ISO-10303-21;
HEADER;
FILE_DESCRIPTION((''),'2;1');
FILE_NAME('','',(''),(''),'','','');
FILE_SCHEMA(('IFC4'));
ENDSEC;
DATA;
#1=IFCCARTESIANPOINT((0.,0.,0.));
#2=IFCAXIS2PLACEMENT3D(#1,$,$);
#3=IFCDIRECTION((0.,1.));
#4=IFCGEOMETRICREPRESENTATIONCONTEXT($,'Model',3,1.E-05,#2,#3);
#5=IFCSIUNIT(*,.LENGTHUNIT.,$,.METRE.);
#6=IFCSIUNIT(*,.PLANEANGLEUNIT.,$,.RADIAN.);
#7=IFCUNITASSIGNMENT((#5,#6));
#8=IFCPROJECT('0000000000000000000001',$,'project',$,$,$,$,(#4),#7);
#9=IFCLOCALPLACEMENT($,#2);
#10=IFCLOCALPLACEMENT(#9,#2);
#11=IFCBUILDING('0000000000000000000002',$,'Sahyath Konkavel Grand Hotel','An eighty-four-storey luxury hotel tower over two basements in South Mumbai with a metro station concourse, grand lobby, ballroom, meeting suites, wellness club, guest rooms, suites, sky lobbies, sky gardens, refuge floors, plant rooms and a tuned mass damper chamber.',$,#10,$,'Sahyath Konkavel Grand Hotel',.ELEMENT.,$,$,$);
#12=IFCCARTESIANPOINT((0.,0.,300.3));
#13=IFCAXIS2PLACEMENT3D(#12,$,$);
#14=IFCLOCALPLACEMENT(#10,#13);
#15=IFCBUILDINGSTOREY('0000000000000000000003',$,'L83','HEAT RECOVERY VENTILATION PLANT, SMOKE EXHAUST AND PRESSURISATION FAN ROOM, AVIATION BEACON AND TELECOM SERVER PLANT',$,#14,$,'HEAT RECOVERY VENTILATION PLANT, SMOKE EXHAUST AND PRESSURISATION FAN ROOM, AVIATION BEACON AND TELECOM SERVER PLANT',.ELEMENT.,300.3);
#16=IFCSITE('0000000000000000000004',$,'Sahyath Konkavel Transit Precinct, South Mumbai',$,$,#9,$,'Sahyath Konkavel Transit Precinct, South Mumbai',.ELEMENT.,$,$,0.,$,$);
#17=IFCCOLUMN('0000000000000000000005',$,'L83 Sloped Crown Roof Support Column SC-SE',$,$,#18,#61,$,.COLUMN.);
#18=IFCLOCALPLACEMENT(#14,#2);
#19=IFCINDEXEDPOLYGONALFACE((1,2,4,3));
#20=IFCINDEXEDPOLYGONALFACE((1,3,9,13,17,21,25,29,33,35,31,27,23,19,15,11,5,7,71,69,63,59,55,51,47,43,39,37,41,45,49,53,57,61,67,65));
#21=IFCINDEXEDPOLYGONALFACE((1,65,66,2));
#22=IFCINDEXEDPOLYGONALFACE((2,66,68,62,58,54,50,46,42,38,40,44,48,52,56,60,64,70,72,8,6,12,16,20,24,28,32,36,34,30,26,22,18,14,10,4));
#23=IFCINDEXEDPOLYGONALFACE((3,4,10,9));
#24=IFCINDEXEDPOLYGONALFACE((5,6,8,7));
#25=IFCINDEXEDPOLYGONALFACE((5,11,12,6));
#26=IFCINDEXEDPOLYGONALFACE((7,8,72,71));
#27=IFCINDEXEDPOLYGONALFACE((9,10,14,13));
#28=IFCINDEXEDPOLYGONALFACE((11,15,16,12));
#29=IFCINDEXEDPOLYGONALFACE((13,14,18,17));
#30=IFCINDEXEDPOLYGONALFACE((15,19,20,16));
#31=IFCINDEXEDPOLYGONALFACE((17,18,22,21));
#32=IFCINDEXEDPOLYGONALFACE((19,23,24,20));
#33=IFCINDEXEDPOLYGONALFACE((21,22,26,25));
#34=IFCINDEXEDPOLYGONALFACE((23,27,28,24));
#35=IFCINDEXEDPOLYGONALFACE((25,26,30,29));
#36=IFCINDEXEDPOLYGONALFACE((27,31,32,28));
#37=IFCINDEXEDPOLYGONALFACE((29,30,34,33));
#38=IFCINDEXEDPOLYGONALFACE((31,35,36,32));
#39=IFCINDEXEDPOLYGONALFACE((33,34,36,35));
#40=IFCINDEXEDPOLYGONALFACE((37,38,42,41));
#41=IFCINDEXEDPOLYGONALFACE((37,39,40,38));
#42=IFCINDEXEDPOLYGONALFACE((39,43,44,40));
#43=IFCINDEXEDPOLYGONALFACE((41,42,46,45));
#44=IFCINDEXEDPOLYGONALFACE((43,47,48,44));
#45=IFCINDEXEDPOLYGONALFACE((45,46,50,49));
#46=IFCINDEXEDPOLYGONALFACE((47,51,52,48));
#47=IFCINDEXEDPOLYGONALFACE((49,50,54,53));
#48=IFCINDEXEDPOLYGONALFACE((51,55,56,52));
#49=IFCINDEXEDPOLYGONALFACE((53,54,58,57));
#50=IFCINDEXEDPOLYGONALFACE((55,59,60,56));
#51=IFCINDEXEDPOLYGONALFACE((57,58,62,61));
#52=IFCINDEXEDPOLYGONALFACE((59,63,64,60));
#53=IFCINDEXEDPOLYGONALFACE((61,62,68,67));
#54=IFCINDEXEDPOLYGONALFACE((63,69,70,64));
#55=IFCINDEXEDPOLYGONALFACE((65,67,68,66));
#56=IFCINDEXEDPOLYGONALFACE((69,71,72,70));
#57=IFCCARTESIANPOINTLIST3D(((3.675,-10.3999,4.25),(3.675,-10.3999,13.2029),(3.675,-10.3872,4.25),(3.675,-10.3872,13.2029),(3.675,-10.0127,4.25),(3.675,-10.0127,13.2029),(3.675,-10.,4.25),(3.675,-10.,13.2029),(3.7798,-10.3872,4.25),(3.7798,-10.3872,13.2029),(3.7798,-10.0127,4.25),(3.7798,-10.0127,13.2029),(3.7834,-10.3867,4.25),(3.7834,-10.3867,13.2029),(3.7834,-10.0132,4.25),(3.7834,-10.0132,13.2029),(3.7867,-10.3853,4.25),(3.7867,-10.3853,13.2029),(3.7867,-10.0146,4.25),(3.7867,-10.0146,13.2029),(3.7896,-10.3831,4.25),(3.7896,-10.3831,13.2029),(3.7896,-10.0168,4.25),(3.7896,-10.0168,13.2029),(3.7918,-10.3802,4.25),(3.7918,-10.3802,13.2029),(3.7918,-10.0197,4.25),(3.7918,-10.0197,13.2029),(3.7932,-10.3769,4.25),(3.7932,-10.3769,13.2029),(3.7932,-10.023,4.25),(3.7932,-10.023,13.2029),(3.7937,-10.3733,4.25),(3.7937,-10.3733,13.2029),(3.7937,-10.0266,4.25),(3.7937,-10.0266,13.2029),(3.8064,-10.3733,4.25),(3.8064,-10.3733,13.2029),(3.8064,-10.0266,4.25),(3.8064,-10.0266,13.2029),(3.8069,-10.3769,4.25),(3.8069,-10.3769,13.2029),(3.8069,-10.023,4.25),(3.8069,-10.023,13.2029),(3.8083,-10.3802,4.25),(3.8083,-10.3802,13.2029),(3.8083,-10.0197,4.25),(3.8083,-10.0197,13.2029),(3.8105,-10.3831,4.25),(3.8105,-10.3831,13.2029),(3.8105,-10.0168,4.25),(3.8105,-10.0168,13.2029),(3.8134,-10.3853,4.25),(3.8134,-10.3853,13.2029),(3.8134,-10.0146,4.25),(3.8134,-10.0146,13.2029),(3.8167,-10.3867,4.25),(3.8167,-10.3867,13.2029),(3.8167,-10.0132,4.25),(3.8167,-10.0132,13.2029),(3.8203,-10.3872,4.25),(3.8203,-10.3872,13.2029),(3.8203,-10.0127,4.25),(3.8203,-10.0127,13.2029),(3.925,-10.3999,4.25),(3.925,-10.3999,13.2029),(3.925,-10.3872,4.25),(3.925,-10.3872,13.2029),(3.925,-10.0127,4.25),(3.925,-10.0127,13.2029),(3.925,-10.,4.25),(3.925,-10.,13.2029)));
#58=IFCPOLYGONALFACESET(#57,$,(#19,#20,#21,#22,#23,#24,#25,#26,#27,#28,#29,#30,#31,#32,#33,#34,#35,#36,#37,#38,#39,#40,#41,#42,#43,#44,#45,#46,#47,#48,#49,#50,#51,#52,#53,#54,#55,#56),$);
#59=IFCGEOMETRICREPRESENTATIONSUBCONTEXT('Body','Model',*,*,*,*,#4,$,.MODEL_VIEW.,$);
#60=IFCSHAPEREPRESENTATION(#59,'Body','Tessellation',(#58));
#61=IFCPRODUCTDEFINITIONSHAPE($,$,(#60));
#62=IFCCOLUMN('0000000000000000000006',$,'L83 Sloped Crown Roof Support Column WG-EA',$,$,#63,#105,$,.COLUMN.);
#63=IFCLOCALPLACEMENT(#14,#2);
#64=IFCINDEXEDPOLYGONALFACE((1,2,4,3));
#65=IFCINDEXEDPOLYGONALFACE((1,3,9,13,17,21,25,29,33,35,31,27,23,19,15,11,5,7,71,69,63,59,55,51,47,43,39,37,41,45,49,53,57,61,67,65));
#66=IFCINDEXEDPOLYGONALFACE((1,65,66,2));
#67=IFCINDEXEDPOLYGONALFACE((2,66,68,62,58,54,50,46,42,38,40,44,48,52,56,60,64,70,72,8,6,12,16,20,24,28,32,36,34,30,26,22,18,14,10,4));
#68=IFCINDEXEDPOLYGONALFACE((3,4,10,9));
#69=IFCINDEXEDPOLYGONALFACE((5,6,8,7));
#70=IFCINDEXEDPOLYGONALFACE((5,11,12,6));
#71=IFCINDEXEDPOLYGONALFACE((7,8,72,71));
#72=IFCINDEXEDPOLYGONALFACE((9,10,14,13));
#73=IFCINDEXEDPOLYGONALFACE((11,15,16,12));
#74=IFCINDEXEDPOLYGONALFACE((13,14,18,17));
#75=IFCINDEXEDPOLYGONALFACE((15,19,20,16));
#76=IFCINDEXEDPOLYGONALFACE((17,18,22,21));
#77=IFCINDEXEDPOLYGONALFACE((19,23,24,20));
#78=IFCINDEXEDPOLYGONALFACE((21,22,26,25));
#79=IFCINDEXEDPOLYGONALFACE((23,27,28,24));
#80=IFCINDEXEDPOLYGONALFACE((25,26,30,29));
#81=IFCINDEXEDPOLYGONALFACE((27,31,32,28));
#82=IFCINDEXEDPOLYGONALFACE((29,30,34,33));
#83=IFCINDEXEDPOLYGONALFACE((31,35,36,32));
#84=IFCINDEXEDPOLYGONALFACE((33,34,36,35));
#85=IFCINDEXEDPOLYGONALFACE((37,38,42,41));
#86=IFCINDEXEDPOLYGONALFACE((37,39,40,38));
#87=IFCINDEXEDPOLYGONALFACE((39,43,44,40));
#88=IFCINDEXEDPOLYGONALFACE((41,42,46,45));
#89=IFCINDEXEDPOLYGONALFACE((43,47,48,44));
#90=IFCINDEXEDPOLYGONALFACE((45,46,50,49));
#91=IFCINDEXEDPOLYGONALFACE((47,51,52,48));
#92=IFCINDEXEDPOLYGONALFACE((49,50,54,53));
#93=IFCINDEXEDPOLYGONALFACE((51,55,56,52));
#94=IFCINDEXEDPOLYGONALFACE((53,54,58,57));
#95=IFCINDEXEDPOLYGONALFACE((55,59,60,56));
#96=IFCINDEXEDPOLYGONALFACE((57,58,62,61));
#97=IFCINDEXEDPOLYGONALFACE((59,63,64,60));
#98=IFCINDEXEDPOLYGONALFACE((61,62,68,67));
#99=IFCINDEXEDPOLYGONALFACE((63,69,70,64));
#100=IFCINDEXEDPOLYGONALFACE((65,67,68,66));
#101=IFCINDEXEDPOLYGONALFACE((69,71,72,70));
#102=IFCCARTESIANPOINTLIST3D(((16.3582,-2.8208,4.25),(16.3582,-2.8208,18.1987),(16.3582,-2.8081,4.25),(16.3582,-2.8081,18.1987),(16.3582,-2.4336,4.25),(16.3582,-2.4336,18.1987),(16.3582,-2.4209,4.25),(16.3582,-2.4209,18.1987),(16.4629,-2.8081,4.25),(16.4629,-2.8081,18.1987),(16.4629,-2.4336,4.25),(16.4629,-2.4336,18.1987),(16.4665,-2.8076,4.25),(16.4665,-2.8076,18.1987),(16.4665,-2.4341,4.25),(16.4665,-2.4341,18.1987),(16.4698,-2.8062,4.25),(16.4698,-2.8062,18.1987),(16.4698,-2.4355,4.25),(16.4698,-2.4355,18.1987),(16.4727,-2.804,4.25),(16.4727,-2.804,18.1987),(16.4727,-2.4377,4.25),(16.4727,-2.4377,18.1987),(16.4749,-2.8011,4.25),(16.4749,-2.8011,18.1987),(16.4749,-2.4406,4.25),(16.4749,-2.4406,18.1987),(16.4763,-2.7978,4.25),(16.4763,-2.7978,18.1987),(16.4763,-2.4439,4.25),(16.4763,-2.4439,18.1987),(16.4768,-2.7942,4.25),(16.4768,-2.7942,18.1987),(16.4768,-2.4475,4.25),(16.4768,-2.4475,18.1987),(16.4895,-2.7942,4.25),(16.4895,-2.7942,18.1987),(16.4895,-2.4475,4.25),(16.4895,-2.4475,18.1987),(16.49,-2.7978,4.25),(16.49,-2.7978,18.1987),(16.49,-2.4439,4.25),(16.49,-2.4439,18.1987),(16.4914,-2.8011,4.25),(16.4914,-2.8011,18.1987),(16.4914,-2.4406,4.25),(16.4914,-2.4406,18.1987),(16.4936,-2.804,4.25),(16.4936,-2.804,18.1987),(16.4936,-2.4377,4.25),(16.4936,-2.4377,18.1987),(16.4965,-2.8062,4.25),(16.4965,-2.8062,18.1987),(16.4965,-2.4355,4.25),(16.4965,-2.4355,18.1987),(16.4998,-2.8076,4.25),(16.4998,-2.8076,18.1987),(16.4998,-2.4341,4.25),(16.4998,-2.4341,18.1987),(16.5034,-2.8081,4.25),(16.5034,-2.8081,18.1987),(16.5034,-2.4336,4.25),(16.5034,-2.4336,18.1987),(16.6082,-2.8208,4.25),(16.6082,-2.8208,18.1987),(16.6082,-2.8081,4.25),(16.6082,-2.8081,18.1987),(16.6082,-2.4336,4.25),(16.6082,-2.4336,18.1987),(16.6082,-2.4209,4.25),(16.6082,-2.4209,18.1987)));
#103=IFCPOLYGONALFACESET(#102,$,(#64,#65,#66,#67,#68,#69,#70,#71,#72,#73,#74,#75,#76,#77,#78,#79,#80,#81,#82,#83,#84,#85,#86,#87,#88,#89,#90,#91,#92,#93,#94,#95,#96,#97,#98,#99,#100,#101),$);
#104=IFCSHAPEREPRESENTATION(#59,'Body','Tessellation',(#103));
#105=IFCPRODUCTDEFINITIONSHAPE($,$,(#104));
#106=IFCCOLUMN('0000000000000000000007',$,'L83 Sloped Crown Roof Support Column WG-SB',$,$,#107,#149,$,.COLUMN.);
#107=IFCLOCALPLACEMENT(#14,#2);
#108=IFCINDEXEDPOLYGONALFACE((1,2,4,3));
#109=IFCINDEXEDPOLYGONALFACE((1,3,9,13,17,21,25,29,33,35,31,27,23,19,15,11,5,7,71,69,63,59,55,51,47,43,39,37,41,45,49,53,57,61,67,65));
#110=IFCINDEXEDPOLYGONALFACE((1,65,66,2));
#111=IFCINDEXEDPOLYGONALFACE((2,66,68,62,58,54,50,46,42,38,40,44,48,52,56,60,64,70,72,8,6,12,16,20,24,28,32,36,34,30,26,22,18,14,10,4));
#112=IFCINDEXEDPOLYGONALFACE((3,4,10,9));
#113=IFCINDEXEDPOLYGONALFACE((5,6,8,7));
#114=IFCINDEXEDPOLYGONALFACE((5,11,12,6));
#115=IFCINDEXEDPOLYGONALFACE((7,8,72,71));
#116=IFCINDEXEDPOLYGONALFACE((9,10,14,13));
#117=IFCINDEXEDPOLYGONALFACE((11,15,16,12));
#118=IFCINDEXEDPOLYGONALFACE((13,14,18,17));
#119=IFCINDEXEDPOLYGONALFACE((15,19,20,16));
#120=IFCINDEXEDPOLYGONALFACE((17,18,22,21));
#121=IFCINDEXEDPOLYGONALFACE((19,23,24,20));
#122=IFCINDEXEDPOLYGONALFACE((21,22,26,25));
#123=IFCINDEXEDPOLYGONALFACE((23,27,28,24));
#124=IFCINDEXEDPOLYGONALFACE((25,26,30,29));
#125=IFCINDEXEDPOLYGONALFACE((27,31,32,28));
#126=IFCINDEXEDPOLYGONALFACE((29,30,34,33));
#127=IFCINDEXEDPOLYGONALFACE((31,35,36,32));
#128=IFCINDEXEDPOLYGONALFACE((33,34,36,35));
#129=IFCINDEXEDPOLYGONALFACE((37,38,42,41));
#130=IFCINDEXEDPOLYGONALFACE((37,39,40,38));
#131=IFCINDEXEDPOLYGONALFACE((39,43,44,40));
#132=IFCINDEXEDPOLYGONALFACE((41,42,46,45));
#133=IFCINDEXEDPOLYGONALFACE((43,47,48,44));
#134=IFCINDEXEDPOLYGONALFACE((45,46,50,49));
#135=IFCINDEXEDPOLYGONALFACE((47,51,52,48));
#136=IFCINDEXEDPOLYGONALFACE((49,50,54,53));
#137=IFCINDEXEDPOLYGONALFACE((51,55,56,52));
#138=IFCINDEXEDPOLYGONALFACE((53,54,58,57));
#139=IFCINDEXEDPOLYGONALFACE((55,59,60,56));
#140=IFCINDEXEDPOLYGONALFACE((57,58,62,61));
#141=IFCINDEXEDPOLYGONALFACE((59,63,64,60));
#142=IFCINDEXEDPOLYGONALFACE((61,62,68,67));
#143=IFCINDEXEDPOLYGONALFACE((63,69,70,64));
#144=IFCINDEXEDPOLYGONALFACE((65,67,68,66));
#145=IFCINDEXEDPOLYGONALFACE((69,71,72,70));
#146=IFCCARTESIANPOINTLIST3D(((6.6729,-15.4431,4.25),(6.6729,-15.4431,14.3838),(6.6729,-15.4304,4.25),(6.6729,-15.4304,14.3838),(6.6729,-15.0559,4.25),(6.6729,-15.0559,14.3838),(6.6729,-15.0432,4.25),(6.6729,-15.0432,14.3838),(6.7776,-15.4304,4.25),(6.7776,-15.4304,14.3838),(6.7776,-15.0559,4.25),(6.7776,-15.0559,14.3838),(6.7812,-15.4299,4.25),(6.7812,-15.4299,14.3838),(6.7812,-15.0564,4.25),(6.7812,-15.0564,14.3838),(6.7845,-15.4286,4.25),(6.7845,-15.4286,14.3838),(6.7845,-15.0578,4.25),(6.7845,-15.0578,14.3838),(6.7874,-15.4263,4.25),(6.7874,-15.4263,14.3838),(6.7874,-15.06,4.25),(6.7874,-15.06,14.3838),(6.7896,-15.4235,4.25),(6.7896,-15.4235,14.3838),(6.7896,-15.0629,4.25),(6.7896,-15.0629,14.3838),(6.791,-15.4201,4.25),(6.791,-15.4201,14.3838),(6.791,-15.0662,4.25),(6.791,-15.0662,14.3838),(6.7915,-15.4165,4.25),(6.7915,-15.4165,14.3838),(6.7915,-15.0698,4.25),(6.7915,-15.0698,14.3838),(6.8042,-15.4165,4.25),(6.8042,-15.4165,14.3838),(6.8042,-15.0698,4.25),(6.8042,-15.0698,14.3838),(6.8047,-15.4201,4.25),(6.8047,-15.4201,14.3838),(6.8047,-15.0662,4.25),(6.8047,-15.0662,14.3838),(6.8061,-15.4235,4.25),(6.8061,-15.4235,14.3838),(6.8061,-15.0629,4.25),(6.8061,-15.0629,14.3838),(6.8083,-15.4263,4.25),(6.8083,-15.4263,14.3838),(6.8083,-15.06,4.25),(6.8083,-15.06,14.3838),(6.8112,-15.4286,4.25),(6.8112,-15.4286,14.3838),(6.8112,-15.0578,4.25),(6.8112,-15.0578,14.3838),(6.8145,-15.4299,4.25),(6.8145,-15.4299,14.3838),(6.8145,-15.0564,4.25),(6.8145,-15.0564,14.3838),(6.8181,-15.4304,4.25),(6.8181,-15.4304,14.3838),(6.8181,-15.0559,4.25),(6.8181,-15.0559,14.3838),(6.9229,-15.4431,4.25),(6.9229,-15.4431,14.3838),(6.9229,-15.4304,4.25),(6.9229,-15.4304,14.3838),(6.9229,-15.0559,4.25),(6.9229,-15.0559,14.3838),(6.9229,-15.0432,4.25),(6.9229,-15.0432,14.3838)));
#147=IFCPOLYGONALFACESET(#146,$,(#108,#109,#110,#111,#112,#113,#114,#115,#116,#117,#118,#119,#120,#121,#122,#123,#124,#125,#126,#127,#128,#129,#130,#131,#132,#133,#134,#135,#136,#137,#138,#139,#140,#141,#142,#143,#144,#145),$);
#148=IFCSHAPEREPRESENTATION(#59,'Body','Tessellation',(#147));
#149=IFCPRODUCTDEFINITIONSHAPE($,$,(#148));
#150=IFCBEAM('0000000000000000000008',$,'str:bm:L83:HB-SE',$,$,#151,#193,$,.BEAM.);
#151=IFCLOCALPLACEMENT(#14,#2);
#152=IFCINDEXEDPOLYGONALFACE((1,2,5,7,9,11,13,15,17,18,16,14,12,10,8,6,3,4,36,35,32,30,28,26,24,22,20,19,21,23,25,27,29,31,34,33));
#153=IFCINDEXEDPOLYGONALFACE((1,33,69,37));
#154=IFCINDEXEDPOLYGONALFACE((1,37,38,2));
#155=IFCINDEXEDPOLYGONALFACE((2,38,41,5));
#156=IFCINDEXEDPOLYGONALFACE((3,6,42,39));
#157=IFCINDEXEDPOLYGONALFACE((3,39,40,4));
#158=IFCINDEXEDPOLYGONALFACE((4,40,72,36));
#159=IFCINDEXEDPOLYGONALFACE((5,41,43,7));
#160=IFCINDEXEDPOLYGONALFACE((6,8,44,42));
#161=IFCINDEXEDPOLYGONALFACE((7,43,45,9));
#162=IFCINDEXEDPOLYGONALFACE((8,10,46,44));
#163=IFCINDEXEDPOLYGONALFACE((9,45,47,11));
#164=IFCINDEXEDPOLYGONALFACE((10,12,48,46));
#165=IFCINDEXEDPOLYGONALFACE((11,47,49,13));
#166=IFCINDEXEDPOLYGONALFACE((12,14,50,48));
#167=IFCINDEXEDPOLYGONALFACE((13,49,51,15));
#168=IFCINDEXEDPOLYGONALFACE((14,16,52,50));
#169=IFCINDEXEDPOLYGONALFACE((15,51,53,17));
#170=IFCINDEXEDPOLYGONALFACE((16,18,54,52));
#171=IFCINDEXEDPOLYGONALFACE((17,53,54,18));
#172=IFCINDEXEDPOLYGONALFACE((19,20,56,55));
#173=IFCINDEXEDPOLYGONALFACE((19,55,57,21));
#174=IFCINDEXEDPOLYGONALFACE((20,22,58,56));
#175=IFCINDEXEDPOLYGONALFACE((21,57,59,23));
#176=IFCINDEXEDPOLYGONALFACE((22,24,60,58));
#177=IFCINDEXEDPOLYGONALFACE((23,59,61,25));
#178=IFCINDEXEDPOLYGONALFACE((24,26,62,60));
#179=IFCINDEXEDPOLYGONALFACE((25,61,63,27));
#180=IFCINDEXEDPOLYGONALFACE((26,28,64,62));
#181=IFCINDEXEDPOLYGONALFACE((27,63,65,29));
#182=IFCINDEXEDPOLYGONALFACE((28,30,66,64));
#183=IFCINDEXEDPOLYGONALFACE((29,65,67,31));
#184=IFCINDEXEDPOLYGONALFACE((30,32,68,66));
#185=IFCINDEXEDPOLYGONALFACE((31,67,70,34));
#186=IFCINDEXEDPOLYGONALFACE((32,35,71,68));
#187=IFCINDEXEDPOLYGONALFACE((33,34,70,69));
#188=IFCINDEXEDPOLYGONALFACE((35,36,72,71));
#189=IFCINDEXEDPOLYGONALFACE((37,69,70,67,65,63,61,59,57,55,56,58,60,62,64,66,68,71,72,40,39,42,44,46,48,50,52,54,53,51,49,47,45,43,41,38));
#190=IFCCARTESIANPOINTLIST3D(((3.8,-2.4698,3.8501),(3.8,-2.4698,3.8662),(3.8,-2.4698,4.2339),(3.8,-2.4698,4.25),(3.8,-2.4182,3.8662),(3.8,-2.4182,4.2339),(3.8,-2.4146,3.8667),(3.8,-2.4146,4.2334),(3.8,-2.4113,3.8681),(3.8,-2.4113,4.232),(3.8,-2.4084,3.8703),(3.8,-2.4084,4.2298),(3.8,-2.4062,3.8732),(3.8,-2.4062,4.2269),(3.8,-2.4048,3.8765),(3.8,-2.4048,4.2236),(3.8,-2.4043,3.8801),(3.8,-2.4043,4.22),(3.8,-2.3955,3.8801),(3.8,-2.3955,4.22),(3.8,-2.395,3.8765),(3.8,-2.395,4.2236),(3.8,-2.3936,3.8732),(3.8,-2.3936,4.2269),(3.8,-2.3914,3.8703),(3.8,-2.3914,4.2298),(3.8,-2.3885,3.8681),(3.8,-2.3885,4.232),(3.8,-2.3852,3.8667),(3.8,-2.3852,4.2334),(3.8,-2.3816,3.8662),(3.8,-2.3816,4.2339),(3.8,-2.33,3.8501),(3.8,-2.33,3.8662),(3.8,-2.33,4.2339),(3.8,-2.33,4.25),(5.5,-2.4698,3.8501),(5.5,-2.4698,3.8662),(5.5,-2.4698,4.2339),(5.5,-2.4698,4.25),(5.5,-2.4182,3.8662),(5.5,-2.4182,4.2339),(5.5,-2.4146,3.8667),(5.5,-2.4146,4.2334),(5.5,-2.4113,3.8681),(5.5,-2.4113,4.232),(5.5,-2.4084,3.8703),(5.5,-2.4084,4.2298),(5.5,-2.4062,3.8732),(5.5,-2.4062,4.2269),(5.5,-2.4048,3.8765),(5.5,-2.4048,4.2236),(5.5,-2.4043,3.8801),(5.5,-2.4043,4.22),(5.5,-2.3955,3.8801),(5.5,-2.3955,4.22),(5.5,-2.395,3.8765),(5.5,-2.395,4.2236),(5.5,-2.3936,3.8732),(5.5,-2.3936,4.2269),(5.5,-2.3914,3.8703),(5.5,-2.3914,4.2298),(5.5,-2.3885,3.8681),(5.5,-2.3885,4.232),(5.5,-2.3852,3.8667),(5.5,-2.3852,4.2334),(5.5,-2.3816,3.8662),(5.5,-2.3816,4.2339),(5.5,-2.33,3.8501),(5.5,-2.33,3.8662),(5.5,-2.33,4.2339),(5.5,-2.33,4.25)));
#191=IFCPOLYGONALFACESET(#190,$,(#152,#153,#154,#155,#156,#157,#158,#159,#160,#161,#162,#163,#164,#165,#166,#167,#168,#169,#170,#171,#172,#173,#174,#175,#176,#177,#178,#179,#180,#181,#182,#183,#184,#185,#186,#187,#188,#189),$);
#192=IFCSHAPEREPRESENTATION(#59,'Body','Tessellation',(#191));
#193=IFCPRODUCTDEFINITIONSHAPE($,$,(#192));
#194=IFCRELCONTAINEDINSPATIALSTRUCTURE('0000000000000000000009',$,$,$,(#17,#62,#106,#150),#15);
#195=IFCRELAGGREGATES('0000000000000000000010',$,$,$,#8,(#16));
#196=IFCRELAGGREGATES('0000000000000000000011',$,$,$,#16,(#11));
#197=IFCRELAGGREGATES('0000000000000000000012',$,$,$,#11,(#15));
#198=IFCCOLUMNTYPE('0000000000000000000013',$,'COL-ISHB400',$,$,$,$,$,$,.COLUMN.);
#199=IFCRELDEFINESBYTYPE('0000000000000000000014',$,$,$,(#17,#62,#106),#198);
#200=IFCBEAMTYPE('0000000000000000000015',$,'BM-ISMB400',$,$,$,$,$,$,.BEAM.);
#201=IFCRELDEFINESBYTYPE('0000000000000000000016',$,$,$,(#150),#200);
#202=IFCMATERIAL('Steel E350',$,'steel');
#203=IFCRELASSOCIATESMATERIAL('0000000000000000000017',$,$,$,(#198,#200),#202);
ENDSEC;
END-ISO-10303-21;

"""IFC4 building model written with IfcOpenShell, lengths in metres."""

from ifc_helpers import new_model, si_unit, direction, frame, origin, origin_2d, place, context, subcontext, project, spatial, i_section, extrude, source, transform, mapped, material, material_profile, profile_set, type_object, element, save


model = new_model("IFC4")

# Units and contexts
model_context = context("Model", 3, precision=1e-05, world=origin(), true_north=direction((0.0, 1.0)))
body_context = subcontext(model_context, "Body", "Model", "MODEL_VIEW")
ifc_project = project(units=[si_unit("LENGTHUNIT", "METRE"), si_unit("PLANEANGLEUNIT", "RADIAN")], contexts=[model_context])

# Site, building, storey
site_placement = place(None, origin())
site = spatial("IfcSite", under=ifc_project, at=site_placement, Name="Sahyath Konkavel Transit Precinct, South Mumbai", LongName="Sahyath Konkavel Transit Precinct, South Mumbai", CompositionType="ELEMENT", RefElevation=0.0)
building_placement = place(site_placement, origin())
building = spatial("IfcBuilding", under=site, at=building_placement, Name="Sahyath Konkavel Grand Hotel", Description="An eighty-four-storey luxury hotel tower over two basements in South Mumbai with a metro station concourse, grand lobby, ballroom, meeting suites, wellness club, guest rooms, suites, sky lobbies, sky gardens, refuge floors, plant rooms and a tuned mass damper chamber.", LongName="Sahyath Konkavel Grand Hotel", CompositionType="ELEMENT")
storey_placement = place(building_placement, frame((0.0, 0.0, 300.3)))
storey = spatial("IfcBuildingStorey", under=building, at=storey_placement, Name="L83", Description="HEAT RECOVERY VENTILATION PLANT, SMOKE EXHAUST AND PRESSURISATION FAN ROOM, AVIATION BEACON AND TELECOM SERVER PLANT", LongName="HEAT RECOVERY VENTILATION PLANT, SMOKE EXHAUST AND PRESSURISATION FAN ROOM, AVIATION BEACON AND TELECOM SERVER PLANT", CompositionType="ELEMENT", Elevation=300.3)

# Columns
ifc_material_1 = material(Name="Steel E350", Category="steel")
ifc_material_profile_1 = material_profile(ifc_material_1, i_section(OverallWidth=0.25, OverallDepth=0.3999, WebThickness=0.0127, FlangeThickness=0.0127, FilletRadius=0.0139, at=origin_2d()), Name="ISHB 400")
ifc_profile_set_1 = profile_set([ifc_material_profile_1], Name="Steel E350")
column_type = type_object("IfcColumnType", Name="COL-ISHB400", PredefinedType="COLUMN", material=ifc_profile_set_1)
shared_shape_1 = source(origin(), body_context, "Body", "SweptSolid", [
    extrude(i_section(OverallWidth=0.25, OverallDepth=0.3999, WebThickness=0.0127, FlangeThickness=0.0127, FilletRadius=0.0139, at=origin_2d()), origin(), (0.0, 0.0, 1.0), 8.9529),
])
column_1_placement = place(storey_placement, frame((3.8, -10.2, 4.25), z_axis=(0.0, 0.0, 1.0), x_axis=(1.0, 0.0, 0.0)))
element("IfcColumn", 1, at=column_1_placement, inside=storey, type_object=column_type, Name="L83 Sloped Crown Roof Support Column SC-SE", PredefinedType="COLUMN", context=body_context, shape_type="MappedRepresentation", body=[
    mapped(shared_shape_1, transform((0.0, 0.0, 0.0), scale=1.0)),
])
shared_shape_2 = source(origin(), body_context, "Body", "SweptSolid", [
    extrude(i_section(OverallWidth=0.25, OverallDepth=0.3999, WebThickness=0.0127, FlangeThickness=0.0127, FilletRadius=0.0139, at=origin_2d()), origin(), (0.0, 0.0, 1.0), 13.9487),
])
column_2_placement = place(storey_placement, frame((16.4832, -2.6208, 4.25), z_axis=(0.0, 0.0, 1.0), x_axis=(1.0, 0.0, 0.0)))
element("IfcColumn", 2, at=column_2_placement, inside=storey, type_object=column_type, Name="L83 Sloped Crown Roof Support Column WG-EA", PredefinedType="COLUMN", context=body_context, shape_type="MappedRepresentation", body=[
    mapped(shared_shape_2, transform((0.0, 0.0, 0.0), scale=1.0)),
])
shared_shape_3 = source(origin(), body_context, "Body", "SweptSolid", [
    extrude(i_section(OverallWidth=0.25, OverallDepth=0.3999, WebThickness=0.0127, FlangeThickness=0.0127, FilletRadius=0.0139, at=origin_2d()), origin(), (0.0, 0.0, 1.0), 10.1338),
])
column_3_placement = place(storey_placement, frame((6.7979, -15.2432, 4.25), z_axis=(0.0, 0.0, 1.0), x_axis=(1.0, 0.0, 0.0)))
element("IfcColumn", 3, at=column_3_placement, inside=storey, type_object=column_type, Name="L83 Sloped Crown Roof Support Column WG-SB", PredefinedType="COLUMN", context=body_context, shape_type="MappedRepresentation", body=[
    mapped(shared_shape_3, transform((0.0, 0.0, 0.0), scale=1.0)),
])

# Beam
ifc_material_profile_2 = material_profile(ifc_material_1, i_section(OverallWidth=0.1399, OverallDepth=0.3999, WebThickness=0.0088, FlangeThickness=0.0161, FilletRadius=0.0139, at=origin_2d()), Name="ISMB 400")
ifc_profile_set_2 = profile_set([ifc_material_profile_2], Name="Steel E350")
beam_type_1 = type_object("IfcBeamType", Name="BM-ISMB400", PredefinedType="BEAM", material=ifc_profile_set_2)
shared_shape_4 = source(origin(), body_context, "Body", "SweptSolid", [
    extrude(i_section(OverallWidth=0.1399, OverallDepth=0.3999, WebThickness=0.0088, FlangeThickness=0.0161, FilletRadius=0.0139, at=origin_2d()), origin(), (0.0, 0.0, 1.0), 1.7),
])
beam_1_placement = place(storey_placement, frame((3.8, -2.3999, 4.05), z_axis=(1.0, 0.0, 0.0), x_axis=(0.0, 1.0, 0.0)))
element("IfcBeam", 4, at=beam_1_placement, inside=storey, type_object=beam_type_1, Name="str:bm:L83:HB-SE", PredefinedType="BEAM", context=body_context, shape_type="MappedRepresentation", body=[
    mapped(shared_shape_4, transform((0.0, 0.0, 0.0), scale=1.0)),
])

save(model, "model.ifc")
